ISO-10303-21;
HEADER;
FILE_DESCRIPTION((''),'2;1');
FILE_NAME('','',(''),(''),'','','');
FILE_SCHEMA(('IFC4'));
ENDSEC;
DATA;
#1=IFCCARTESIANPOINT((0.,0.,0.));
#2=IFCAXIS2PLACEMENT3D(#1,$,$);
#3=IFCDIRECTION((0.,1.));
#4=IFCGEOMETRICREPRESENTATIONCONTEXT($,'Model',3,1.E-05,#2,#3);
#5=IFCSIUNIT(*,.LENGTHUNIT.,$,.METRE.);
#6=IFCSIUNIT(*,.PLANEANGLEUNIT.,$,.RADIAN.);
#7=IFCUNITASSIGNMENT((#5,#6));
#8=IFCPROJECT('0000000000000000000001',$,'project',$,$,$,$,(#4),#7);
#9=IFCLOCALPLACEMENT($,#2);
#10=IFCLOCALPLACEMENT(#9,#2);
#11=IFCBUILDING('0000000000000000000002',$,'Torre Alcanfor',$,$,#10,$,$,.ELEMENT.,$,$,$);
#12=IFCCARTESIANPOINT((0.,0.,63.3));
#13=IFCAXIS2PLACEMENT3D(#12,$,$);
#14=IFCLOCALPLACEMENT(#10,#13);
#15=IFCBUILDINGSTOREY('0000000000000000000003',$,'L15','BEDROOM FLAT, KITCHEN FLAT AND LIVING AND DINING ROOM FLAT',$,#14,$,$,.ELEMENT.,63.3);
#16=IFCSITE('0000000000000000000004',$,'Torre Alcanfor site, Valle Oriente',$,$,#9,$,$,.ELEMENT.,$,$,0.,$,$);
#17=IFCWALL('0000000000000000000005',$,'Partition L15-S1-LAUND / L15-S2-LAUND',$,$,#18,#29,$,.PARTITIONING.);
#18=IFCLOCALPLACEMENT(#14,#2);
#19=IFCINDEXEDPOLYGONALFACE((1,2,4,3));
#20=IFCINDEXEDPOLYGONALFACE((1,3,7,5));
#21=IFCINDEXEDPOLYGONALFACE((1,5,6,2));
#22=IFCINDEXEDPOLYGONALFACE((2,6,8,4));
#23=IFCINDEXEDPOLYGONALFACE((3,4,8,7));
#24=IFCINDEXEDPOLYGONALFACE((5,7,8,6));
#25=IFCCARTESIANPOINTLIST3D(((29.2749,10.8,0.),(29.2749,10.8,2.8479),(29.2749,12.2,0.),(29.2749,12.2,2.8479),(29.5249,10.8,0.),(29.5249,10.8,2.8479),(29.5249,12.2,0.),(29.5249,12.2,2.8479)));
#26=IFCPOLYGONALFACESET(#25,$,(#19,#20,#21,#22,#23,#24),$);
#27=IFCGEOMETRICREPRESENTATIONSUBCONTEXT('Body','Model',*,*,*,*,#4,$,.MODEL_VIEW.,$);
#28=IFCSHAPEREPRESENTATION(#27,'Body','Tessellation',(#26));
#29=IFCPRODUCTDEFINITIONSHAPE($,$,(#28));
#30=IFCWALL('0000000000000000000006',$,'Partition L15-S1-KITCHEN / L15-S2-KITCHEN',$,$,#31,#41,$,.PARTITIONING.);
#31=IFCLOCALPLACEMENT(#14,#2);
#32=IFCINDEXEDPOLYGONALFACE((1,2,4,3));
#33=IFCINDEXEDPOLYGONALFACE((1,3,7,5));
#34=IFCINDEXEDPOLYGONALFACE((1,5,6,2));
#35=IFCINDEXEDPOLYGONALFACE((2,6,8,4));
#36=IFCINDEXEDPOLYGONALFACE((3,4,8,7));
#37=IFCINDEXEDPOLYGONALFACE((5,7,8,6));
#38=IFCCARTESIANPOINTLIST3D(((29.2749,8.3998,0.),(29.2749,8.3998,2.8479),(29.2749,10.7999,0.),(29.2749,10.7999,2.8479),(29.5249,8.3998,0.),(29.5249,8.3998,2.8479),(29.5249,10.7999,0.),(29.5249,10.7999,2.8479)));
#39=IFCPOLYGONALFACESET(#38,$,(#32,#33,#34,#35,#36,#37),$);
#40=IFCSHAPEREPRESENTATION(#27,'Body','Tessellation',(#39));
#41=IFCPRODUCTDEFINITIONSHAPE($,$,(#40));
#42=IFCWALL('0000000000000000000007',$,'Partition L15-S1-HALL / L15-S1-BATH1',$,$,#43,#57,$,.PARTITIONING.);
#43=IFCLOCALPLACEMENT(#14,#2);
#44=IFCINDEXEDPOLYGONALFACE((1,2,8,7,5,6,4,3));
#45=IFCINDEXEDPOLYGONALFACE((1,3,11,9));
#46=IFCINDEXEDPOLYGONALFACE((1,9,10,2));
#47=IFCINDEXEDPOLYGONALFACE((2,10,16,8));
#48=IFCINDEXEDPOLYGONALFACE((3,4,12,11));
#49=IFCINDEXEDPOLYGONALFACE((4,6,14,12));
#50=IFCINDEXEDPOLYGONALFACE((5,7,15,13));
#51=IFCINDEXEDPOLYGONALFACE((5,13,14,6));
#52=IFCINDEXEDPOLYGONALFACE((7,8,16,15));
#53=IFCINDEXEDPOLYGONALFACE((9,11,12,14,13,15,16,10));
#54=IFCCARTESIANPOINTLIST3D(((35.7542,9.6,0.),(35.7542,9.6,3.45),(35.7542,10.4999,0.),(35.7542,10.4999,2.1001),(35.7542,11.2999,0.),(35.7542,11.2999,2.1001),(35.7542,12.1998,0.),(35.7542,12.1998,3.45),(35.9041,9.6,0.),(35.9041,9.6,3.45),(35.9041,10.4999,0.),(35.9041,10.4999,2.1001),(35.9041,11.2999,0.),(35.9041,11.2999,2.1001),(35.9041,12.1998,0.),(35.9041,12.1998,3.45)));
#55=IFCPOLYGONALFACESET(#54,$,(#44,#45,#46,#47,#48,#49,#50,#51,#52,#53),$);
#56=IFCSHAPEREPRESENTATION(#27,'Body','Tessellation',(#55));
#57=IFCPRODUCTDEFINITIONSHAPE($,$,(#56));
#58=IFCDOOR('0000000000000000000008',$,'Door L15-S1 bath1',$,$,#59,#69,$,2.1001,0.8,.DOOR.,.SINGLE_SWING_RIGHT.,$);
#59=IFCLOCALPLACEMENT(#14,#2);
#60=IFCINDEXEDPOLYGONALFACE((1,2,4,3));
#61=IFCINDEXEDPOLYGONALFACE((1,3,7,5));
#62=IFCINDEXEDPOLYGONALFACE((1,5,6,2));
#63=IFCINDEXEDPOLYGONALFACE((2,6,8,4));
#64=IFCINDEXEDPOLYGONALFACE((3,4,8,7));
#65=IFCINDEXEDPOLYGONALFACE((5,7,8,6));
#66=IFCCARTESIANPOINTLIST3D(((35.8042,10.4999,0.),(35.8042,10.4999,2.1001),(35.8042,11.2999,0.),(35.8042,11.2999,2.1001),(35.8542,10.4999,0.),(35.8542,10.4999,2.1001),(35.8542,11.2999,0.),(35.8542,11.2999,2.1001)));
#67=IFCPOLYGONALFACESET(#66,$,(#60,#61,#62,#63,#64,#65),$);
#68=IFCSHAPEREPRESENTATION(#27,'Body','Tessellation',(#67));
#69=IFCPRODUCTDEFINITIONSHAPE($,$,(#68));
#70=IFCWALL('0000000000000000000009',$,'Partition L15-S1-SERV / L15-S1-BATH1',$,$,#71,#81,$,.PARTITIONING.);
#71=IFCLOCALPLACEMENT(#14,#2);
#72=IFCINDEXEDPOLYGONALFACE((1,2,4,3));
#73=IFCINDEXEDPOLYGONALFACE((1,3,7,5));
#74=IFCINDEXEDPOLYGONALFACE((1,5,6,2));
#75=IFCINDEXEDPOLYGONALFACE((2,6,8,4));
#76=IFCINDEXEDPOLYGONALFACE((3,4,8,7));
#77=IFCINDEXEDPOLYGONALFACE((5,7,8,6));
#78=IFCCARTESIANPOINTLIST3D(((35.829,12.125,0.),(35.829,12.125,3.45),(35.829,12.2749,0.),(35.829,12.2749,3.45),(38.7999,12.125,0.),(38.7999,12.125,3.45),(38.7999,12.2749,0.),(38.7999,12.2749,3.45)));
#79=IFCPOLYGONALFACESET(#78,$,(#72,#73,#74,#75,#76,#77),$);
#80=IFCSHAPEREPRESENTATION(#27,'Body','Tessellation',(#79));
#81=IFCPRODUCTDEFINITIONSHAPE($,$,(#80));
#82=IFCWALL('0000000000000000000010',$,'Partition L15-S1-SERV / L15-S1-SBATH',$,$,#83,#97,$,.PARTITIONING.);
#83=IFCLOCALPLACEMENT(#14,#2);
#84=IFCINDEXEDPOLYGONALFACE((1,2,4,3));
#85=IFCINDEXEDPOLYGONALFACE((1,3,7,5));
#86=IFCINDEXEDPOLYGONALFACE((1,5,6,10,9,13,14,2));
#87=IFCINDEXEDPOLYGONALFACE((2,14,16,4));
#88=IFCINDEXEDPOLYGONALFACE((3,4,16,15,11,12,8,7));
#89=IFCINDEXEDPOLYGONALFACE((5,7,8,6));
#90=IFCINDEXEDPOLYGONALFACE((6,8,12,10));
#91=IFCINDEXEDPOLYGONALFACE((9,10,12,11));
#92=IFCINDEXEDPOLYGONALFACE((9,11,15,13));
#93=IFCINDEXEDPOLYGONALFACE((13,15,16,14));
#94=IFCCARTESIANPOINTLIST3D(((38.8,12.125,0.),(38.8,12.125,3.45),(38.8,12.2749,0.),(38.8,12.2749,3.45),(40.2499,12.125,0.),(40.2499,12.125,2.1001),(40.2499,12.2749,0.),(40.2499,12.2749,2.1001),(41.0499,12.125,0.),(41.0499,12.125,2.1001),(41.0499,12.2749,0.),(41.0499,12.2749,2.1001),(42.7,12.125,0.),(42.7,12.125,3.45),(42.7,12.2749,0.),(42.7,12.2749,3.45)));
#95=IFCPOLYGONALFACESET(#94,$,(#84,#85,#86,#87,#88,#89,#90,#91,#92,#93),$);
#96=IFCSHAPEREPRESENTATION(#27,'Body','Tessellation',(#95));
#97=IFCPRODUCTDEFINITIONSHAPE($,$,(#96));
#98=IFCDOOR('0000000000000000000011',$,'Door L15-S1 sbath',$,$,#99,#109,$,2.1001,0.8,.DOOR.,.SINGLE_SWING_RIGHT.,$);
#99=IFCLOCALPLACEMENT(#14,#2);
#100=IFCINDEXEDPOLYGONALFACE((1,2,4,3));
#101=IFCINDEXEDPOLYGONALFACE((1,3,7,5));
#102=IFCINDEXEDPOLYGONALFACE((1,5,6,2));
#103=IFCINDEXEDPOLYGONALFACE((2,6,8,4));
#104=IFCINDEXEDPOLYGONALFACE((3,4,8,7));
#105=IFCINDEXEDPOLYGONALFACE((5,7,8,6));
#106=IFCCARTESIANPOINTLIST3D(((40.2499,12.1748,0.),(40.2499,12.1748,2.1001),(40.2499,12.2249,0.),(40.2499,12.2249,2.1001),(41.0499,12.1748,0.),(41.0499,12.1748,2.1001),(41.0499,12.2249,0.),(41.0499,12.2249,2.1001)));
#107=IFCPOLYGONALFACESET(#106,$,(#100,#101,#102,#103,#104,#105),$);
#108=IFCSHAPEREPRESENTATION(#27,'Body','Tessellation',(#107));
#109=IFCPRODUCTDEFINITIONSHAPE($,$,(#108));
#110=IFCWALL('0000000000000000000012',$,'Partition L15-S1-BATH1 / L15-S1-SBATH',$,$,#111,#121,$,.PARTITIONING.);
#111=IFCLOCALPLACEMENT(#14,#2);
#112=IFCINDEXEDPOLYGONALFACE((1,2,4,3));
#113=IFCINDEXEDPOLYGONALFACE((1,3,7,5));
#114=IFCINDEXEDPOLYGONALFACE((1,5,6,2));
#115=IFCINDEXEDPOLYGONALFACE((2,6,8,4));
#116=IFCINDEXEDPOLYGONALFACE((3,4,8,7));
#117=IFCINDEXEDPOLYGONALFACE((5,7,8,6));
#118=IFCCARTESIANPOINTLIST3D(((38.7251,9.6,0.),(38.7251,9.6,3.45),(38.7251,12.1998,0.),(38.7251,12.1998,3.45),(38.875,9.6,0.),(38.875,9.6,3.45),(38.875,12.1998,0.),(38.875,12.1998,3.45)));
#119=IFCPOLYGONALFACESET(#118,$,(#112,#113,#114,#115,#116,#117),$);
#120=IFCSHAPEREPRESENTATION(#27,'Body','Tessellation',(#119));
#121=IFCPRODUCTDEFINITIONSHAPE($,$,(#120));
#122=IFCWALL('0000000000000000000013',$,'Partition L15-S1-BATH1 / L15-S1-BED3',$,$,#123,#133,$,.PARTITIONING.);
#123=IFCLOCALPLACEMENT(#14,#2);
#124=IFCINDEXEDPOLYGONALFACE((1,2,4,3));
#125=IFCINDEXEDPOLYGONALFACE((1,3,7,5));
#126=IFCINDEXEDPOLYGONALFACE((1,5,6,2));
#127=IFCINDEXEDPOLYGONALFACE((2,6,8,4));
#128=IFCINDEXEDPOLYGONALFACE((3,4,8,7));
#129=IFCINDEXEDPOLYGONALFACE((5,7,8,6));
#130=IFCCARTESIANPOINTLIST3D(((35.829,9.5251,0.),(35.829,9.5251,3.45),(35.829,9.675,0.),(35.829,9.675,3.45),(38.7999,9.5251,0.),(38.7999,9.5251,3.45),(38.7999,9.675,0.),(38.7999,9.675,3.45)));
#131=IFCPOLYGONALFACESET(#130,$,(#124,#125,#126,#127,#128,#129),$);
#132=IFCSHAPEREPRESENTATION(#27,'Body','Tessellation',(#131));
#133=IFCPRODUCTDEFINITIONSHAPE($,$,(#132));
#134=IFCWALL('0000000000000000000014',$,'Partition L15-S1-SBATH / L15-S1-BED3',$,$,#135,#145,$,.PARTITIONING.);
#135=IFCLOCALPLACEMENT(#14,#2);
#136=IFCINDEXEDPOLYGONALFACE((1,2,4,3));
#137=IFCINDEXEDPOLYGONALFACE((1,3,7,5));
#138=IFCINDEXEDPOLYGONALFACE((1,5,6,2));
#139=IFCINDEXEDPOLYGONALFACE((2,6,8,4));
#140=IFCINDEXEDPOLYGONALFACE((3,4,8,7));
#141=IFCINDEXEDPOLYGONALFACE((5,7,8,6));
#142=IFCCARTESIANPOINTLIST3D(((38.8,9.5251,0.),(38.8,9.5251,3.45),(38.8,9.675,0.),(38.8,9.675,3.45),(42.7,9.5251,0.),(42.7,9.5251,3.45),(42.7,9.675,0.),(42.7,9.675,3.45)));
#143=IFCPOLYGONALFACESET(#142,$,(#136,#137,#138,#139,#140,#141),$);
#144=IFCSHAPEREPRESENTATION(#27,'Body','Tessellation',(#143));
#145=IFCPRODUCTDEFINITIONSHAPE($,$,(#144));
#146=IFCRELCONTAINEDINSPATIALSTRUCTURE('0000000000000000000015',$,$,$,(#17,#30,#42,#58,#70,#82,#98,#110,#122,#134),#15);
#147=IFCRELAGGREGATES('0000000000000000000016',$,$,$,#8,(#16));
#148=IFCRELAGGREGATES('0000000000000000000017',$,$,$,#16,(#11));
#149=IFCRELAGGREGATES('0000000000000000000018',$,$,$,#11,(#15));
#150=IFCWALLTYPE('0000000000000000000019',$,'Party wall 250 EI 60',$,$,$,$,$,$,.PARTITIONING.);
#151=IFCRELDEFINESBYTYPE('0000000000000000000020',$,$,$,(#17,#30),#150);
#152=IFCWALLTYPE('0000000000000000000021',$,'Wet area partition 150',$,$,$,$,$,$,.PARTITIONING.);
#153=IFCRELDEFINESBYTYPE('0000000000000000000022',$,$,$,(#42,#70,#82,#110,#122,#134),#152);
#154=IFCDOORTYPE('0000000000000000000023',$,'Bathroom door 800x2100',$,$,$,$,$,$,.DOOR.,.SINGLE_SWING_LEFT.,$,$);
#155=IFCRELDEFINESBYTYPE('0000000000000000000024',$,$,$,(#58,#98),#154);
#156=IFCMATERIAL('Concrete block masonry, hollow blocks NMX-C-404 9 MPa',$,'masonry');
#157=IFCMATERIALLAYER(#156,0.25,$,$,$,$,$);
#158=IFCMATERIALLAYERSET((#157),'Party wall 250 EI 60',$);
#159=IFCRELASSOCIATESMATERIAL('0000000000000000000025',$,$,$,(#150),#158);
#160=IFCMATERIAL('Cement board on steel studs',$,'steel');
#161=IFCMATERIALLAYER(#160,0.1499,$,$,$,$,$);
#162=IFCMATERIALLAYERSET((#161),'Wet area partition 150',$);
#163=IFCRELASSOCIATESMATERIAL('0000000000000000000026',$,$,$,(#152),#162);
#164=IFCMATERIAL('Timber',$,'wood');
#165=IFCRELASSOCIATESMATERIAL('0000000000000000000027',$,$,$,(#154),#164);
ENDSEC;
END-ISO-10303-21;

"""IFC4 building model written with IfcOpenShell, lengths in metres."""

from ifc_helpers import new_model, si_unit, direction, frame, frame_2d, origin, place, context, subcontext, project, spatial, rectangle, extrude, material, layer, layer_set, type_object, element, fill, save


model = new_model("IFC4")

# Units and contexts
model_context = context("Model", 3, precision=1e-05, world=origin(), true_north=direction((0.0, 1.0)))
body_context = subcontext(model_context, "Body", "Model", "MODEL_VIEW")
ifc_project = project(units=[si_unit("LENGTHUNIT", "METRE"), si_unit("PLANEANGLEUNIT", "RADIAN")], contexts=[model_context])

# Site, building, storey
site_placement = place(None, origin())
site = spatial("IfcSite", under=ifc_project, at=site_placement, Name="Torre Alcanfor site, Valle Oriente", CompositionType="ELEMENT", RefElevation=0.0)
building_placement = place(site_placement, origin())
building = spatial("IfcBuilding", under=site, at=building_placement, Name="Torre Alcanfor", CompositionType="ELEMENT")
storey_placement = place(building_placement, frame((0.0, 0.0, 63.3)))
storey = spatial("IfcBuildingStorey", under=building, at=storey_placement, Name="L15", Description="BEDROOM FLAT, KITCHEN FLAT AND LIVING AND DINING ROOM FLAT", CompositionType="ELEMENT", Elevation=63.3)

# Walls
ifc_material_1 = material(Name="Concrete block masonry, hollow blocks NMX-C-404 9 MPa", Category="masonry")
ifc_layer_1 = layer(ifc_material_1, 0.25)
ifc_layer_set_1 = layer_set([ifc_layer_1], Name="Party wall 250 EI 60")
wall_type_1 = type_object("IfcWallType", Name="Party wall 250 EI 60", PredefinedType="PARTITIONING", material=ifc_layer_set_1)
wall_1_placement = place(storey_placement, frame((29.3999, 12.2, 0.0), z_axis=(0.0, 0.0, 1.0), x_axis=(0.0, -1.0, 0.0)))
element("IfcWall", 1, at=wall_1_placement, inside=storey, type_object=wall_type_1, Name="Partition L15-S1-LAUND / L15-S2-LAUND", PredefinedType="PARTITIONING", context=body_context, shape_type="SweptSolid", body=[
    extrude(rectangle(XDim=1.3999, YDim=0.25, at=frame_2d((0.7, 0.0))), origin(), (0.0, 0.0, 1.0), 2.8479),
])
wall_2_placement = place(storey_placement, frame((29.3999, 10.8, 0.0), z_axis=(0.0, 0.0, 1.0), x_axis=(0.0, -1.0, 0.0)))
element("IfcWall", 2, at=wall_2_placement, inside=storey, type_object=wall_type_1, Name="Partition L15-S1-KITCHEN / L15-S2-KITCHEN", PredefinedType="PARTITIONING", context=body_context, shape_type="SweptSolid", body=[
    extrude(rectangle(XDim=2.4001, YDim=0.25, at=frame_2d((1.2002, 0.0))), origin(), (0.0, 0.0, 1.0), 2.8479),
])

# Wall, opening, door
ifc_material_2 = material(Name="Cement board on steel studs", Category="steel")
ifc_layer_2 = layer(ifc_material_2, 0.1499)
ifc_layer_set_2 = layer_set([ifc_layer_2], Name="Wet area partition 150")
wall_type_2 = type_object("IfcWallType", Name="Wet area partition 150", PredefinedType="PARTITIONING", material=ifc_layer_set_2)
wall_3_placement = place(storey_placement, frame((35.8291, 9.6001, 0.0), z_axis=(0.0, 0.0, 1.0), x_axis=(0.0, 1.0, 0.0)))
wall_3 = element("IfcWall", 3, at=wall_3_placement, inside=storey, type_object=wall_type_2, Name="Partition L15-S1-HALL / L15-S1-BATH1", PredefinedType="PARTITIONING", context=body_context, shape_type="SweptSolid", body=[
    extrude(rectangle(XDim=2.5999, YDim=0.1499, at=frame_2d((1.2998, 0.0))), origin(), (0.0, 0.0, 1.0), 3.45),
])
opening_1_placement = place(wall_3_placement, frame((0.8999, 0.0, 0.0)))
opening_1 = element("IfcOpeningElement", 4, at=opening_1_placement, cuts=wall_3, PredefinedType="OPENING", context=body_context, shape_type="SweptSolid", body=[
    extrude(rectangle(XDim=0.8, YDim=2.1001, at=frame_2d((0.3999, 1.05))), frame((0.0, 0.085, 0.0), z_axis=(0.0, -1.0, 0.0), x_axis=(1.0, 0.0, 0.0)), (0.0, 0.0, 1.0), 0.1699),
])
ifc_material_3 = material(Name="Timber", Category="wood")
door_type_1 = type_object("IfcDoorType", Name="Bathroom door 800x2100", OperationType="SINGLE_SWING_LEFT", PredefinedType="DOOR", material=ifc_material_3)
door_1_placement = place(opening_1_placement, frame((0.8, 0.0, 0.0), z_axis=(0.0, 0.0, 1.0), x_axis=(-1.0, 0.0, 0.0)))
door_1 = element("IfcDoor", 5, at=door_1_placement, inside=storey, type_object=door_type_1, Name="Door L15-S1 bath1", OperationType="SINGLE_SWING_RIGHT", OverallHeight=2.1001, OverallWidth=0.8, PredefinedType="DOOR", context=body_context, shape_type="SweptSolid", body=[
    extrude(rectangle(XDim=0.8, YDim=2.1001, at=frame_2d((0.4001, 1.05))), frame((0.0, 0.0251, 0.0), z_axis=(0.0, -1.0, 0.0), x_axis=(1.0, 0.0, 0.0)), (0.0, 0.0, 1.0), 0.05),
])
fill(opening_1, door_1)

# Wall
wall_4_placement = place(storey_placement, frame((35.8291, 12.2, 0.0), z_axis=(0.0, 0.0, 1.0), x_axis=(1.0, 0.0, 0.0)))
element("IfcWall", 6, at=wall_4_placement, inside=storey, type_object=wall_type_2, Name="Partition L15-S1-SERV / L15-S1-BATH1", PredefinedType="PARTITIONING", context=body_context, shape_type="SweptSolid", body=[
    extrude(rectangle(XDim=2.9709, YDim=0.1499, at=frame_2d((1.4854, 0.0))), origin(), (0.0, 0.0, 1.0), 3.45),
])

# Wall, opening, door
wall_5_placement = place(storey_placement, frame((38.8, 12.2, 0.0), z_axis=(0.0, 0.0, 1.0), x_axis=(1.0, 0.0, 0.0)))
wall_5 = element("IfcWall", 7, at=wall_5_placement, inside=storey, type_object=wall_type_2, Name="Partition L15-S1-SERV / L15-S1-SBATH", PredefinedType="PARTITIONING", context=body_context, shape_type="SweptSolid", body=[
    extrude(rectangle(XDim=3.8999, YDim=0.1499, at=frame_2d((1.95, 0.0))), origin(), (0.0, 0.0, 1.0), 3.45),
])
opening_2_placement = place(wall_5_placement, frame((1.45, 0.0, 0.0)))
opening_2 = element("IfcOpeningElement", 8, at=opening_2_placement, cuts=wall_5, PredefinedType="OPENING", context=body_context, shape_type="SweptSolid", body=[
    extrude(rectangle(XDim=0.8, YDim=2.1001, at=frame_2d((0.3999, 1.05))), frame((0.0, 0.085, 0.0), z_axis=(0.0, -1.0, 0.0), x_axis=(1.0, 0.0, 0.0)), (0.0, 0.0, 1.0), 0.1699),
])
door_2_placement = place(opening_2_placement, frame((0.8, 0.0, 0.0), z_axis=(0.0, 0.0, 1.0), x_axis=(-1.0, 0.0, 0.0)))
door_2 = element("IfcDoor", 9, at=door_2_placement, inside=storey, type_object=door_type_1, Name="Door L15-S1 sbath", OperationType="SINGLE_SWING_RIGHT", OverallHeight=2.1001, OverallWidth=0.8, PredefinedType="DOOR", context=body_context, shape_type="SweptSolid", body=[
    extrude(rectangle(XDim=0.8, YDim=2.1001, at=frame_2d((0.4001, 1.05))), frame((0.0, 0.0251, 0.0), z_axis=(0.0, -1.0, 0.0), x_axis=(1.0, 0.0, 0.0)), (0.0, 0.0, 1.0), 0.05),
])
fill(opening_2, door_2)

# Walls
wall_6_placement = place(storey_placement, frame((38.8, 9.6001, 0.0), z_axis=(0.0, 0.0, 1.0), x_axis=(0.0, 1.0, 0.0)))
element("IfcWall", 10, at=wall_6_placement, inside=storey, type_object=wall_type_2, Name="Partition L15-S1-BATH1 / L15-S1-SBATH", PredefinedType="PARTITIONING", context=body_context, shape_type="SweptSolid", body=[
    extrude(rectangle(XDim=2.5999, YDim=0.1499, at=frame_2d((1.2998, 0.0))), origin(), (0.0, 0.0, 1.0), 3.45),
])
wall_7_placement = place(storey_placement, frame((35.8291, 9.6001, 0.0), z_axis=(0.0, 0.0, 1.0), x_axis=(1.0, 0.0, 0.0)))
element("IfcWall", 11, at=wall_7_placement, inside=storey, type_object=wall_type_2, Name="Partition L15-S1-BATH1 / L15-S1-BED3", PredefinedType="PARTITIONING", context=body_context, shape_type="SweptSolid", body=[
    extrude(rectangle(XDim=2.9709, YDim=0.1499, at=frame_2d((1.4854, 0.0))), origin(), (0.0, 0.0, 1.0), 3.45),
])
wall_8_placement = place(storey_placement, frame((38.8, 9.6001, 0.0), z_axis=(0.0, 0.0, 1.0), x_axis=(1.0, 0.0, 0.0)))
element("IfcWall", 12, at=wall_8_placement, inside=storey, type_object=wall_type_2, Name="Partition L15-S1-SBATH / L15-S1-BED3", PredefinedType="PARTITIONING", context=body_context, shape_type="SweptSolid", body=[
    extrude(rectangle(XDim=3.8999, YDim=0.1499, at=frame_2d((1.95, 0.0))), origin(), (0.0, 0.0, 1.0), 3.45),
])

save(model, "model.ifc")
